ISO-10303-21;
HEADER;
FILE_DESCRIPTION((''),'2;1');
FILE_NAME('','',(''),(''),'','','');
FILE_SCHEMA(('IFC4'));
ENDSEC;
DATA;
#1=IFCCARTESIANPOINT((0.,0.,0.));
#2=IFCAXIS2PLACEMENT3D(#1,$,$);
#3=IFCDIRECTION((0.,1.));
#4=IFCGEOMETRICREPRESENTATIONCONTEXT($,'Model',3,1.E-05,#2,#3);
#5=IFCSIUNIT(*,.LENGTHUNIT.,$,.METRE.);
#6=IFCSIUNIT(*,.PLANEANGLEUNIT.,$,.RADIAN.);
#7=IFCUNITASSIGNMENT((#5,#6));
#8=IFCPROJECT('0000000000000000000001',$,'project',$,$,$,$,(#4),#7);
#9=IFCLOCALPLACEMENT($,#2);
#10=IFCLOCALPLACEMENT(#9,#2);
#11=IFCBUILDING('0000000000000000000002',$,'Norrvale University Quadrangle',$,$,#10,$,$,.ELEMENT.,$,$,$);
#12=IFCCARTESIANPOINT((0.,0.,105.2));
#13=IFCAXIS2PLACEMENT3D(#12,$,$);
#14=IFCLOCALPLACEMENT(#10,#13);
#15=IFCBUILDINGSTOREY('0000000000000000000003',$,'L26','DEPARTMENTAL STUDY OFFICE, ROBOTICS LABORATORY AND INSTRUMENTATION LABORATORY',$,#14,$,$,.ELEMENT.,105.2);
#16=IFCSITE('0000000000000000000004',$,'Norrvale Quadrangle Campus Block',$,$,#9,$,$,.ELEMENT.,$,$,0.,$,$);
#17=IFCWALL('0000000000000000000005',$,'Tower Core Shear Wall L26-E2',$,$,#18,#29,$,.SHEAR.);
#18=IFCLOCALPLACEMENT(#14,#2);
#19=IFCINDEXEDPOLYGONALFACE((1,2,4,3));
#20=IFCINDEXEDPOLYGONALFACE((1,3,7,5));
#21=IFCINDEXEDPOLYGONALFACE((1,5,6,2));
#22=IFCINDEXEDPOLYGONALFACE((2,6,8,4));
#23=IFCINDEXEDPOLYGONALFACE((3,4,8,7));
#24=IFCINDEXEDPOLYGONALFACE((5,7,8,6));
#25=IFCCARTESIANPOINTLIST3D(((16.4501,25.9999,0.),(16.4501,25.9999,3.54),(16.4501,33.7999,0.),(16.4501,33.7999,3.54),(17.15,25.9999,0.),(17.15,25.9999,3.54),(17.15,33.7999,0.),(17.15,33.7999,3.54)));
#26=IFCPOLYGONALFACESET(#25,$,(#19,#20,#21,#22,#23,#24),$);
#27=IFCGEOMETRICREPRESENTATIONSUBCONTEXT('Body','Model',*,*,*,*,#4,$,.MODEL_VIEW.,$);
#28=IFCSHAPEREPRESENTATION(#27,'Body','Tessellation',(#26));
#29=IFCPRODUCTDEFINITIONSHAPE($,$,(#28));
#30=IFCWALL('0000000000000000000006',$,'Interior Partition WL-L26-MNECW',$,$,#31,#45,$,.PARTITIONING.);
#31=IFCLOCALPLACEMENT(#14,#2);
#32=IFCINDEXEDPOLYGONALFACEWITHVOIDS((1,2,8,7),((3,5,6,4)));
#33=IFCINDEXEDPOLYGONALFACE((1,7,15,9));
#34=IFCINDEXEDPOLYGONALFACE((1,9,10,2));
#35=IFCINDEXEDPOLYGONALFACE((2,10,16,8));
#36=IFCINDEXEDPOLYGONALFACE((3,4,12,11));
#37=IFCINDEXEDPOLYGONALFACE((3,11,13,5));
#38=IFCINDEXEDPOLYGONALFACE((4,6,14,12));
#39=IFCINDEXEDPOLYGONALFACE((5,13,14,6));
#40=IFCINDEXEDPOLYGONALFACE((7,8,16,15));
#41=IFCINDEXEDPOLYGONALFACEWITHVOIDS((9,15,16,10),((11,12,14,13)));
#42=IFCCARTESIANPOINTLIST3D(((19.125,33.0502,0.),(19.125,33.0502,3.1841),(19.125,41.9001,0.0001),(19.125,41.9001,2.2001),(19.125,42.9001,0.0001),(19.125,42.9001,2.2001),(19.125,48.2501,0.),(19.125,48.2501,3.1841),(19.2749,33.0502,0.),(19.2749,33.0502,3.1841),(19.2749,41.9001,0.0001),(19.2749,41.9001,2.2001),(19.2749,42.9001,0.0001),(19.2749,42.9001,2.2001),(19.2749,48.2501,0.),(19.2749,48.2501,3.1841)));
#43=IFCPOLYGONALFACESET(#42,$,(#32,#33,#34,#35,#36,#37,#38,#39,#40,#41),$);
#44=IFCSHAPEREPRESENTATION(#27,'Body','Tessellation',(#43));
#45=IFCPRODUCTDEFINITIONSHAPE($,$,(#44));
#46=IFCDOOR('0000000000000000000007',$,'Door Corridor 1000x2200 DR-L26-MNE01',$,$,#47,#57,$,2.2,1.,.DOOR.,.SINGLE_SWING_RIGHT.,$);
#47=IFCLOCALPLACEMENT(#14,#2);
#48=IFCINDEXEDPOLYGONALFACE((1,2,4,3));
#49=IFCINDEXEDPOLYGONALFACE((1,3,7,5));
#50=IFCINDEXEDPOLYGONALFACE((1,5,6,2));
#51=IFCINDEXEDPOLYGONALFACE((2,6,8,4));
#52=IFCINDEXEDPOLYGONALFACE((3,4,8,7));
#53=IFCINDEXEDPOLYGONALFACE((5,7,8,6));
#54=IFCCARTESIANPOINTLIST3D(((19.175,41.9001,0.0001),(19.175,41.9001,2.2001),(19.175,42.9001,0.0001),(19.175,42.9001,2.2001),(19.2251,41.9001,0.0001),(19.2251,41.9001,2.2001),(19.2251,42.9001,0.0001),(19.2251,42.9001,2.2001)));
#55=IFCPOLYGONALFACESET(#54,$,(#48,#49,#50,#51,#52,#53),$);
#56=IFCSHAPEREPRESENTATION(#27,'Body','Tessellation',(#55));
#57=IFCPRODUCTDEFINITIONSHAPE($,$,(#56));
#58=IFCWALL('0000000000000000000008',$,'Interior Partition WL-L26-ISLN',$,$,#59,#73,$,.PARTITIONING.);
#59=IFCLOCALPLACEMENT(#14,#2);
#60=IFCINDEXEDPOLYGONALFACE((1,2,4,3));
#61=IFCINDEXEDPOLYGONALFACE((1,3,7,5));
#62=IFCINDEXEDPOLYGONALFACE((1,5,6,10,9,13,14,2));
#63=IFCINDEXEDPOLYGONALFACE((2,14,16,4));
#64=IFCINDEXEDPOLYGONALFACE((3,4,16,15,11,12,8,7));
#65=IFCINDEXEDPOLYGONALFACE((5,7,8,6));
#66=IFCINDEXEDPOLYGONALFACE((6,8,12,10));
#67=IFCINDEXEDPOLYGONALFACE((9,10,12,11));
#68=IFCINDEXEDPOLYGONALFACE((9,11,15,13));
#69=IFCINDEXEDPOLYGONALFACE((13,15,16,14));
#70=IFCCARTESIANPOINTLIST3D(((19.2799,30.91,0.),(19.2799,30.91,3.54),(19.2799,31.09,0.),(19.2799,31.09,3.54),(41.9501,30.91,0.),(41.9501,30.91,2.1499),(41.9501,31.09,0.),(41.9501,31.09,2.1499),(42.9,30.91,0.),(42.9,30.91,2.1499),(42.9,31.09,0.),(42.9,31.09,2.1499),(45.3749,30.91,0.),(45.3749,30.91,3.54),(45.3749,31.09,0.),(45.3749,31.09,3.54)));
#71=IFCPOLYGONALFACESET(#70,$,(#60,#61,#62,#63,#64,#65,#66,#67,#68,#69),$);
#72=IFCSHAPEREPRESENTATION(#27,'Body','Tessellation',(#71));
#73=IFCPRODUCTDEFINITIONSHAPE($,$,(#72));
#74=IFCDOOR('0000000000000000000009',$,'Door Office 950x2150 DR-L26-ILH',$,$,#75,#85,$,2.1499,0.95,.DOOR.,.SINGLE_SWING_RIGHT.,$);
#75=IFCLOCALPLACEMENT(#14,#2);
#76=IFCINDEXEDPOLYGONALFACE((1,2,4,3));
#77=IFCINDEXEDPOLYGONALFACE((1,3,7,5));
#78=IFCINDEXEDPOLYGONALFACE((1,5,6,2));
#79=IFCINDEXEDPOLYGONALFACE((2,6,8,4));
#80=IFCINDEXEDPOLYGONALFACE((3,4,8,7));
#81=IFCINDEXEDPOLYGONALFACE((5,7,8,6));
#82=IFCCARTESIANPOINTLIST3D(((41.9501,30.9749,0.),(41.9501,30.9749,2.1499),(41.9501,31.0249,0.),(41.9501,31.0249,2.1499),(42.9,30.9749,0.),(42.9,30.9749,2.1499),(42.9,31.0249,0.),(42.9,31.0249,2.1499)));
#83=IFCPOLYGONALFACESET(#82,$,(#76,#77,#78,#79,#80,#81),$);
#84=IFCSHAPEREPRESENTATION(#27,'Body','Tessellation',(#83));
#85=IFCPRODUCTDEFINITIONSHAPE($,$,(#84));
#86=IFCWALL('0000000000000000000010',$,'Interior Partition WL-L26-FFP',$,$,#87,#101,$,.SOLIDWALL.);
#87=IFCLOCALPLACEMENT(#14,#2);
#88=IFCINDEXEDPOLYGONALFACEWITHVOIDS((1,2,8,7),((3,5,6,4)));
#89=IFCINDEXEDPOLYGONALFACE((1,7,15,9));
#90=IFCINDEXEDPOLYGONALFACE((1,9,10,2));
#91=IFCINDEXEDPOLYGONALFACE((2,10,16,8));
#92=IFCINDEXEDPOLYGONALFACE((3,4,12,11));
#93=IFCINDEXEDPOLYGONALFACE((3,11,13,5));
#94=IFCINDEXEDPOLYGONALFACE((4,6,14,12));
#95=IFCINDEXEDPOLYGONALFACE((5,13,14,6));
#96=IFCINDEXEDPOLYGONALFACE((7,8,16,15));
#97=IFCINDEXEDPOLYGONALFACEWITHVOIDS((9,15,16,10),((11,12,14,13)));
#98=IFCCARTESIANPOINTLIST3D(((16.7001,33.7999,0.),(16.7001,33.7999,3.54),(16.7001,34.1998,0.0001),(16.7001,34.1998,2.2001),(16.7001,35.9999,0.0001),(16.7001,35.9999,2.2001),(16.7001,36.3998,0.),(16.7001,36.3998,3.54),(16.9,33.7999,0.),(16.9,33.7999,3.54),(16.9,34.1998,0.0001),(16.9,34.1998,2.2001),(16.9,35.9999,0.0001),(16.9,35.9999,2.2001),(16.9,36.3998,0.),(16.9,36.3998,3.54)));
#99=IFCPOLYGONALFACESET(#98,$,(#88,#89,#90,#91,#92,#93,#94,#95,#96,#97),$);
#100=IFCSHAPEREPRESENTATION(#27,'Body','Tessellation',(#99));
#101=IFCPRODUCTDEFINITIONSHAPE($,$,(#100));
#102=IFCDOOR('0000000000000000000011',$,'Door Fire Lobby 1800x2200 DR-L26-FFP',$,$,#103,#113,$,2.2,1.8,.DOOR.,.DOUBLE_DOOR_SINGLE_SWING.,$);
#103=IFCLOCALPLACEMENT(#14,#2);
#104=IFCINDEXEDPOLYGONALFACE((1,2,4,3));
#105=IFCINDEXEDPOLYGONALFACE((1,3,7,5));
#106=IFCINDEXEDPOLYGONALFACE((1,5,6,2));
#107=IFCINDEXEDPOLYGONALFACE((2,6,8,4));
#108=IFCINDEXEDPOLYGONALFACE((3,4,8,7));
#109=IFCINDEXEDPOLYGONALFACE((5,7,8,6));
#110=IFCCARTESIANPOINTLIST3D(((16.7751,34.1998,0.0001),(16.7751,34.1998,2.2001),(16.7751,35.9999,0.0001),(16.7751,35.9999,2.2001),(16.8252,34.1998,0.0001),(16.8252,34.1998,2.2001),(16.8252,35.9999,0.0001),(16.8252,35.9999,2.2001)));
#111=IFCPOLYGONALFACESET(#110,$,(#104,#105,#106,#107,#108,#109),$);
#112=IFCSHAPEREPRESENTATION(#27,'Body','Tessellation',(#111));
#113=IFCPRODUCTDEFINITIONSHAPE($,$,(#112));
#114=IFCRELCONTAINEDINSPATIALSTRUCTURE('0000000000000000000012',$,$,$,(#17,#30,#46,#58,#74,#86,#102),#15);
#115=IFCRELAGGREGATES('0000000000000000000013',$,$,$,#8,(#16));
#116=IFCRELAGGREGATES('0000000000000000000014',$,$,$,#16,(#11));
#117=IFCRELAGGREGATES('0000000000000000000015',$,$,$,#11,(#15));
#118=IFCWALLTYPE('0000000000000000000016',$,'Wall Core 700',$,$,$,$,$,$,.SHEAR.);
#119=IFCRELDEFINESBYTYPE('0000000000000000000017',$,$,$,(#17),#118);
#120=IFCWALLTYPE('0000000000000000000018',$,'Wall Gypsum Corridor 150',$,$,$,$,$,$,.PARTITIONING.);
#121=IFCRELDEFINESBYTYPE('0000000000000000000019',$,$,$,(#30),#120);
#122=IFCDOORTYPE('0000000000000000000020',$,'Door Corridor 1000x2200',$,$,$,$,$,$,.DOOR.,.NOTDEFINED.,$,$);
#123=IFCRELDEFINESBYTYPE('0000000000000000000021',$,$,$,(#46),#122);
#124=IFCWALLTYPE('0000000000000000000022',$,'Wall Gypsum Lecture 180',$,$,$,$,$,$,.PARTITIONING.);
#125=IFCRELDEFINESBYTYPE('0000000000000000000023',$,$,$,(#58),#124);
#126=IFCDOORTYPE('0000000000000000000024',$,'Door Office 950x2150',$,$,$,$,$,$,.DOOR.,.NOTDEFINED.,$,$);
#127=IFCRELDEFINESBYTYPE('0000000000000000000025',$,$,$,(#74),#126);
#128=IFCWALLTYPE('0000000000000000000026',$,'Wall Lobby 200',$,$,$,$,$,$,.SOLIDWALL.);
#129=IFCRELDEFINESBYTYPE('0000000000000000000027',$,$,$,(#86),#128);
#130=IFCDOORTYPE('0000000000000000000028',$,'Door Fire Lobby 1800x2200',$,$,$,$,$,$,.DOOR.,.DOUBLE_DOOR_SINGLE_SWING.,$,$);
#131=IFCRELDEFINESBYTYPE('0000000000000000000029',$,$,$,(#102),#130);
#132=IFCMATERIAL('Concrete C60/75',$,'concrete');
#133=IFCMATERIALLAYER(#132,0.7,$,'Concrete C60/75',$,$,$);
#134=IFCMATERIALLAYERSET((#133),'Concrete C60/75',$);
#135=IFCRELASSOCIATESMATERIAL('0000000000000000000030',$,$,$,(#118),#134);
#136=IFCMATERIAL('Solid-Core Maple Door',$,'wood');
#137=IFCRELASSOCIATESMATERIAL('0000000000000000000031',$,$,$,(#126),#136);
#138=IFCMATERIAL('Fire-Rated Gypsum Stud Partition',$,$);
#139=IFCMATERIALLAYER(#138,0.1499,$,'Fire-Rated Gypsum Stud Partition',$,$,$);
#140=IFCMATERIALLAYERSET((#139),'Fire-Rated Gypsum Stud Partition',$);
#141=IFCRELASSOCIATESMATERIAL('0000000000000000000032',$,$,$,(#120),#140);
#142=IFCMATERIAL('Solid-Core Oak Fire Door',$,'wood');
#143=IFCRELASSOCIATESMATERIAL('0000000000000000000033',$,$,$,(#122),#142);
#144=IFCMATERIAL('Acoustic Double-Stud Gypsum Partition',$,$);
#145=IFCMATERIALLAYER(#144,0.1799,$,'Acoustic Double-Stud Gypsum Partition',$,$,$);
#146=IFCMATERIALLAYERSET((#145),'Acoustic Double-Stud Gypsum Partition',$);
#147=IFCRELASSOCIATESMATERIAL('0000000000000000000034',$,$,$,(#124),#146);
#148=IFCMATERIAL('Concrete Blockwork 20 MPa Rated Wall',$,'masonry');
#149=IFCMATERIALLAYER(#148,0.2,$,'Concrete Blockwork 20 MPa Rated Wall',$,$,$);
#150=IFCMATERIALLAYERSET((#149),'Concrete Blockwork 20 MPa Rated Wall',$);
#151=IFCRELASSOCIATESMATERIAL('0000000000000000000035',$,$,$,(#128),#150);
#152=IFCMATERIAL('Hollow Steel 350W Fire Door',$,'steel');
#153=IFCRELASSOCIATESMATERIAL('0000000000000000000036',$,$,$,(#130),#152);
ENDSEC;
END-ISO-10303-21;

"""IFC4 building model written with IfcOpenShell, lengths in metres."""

from ifc_helpers import new_model, si_unit, direction, frame, frame_2d, origin, place, context, subcontext, project, spatial, rectangle, extrude, material, layer, layer_set, type_object, element, fill, save


model = new_model("IFC4")

# Units and contexts
model_context = context("Model", 3, precision=1e-05, world=origin(), true_north=direction((0.0, 1.0)))
body_context = subcontext(model_context, "Body", "Model", "MODEL_VIEW")
ifc_project = project(units=[si_unit("LENGTHUNIT", "METRE"), si_unit("PLANEANGLEUNIT", "RADIAN")], contexts=[model_context])

# Site, building, storey
site_placement = place(None, origin())
site = spatial("IfcSite", under=ifc_project, at=site_placement, Name="Norrvale Quadrangle Campus Block", CompositionType="ELEMENT", RefElevation=0.0)
building_placement = place(site_placement, origin())
building = spatial("IfcBuilding", under=site, at=building_placement, Name="Norrvale University Quadrangle", CompositionType="ELEMENT")
storey_placement = place(building_placement, frame((0.0, 0.0, 105.2)))
storey = spatial("IfcBuildingStorey", under=building, at=storey_placement, Name="L26", Description="DEPARTMENTAL STUDY OFFICE, ROBOTICS LABORATORY AND INSTRUMENTATION LABORATORY", CompositionType="ELEMENT", Elevation=105.2)

# Shared definitions
ifc_material_1 = material(Name="Concrete C60/75", Category="concrete")

# Wall
ifc_layer_1 = layer(ifc_material_1, 0.7, Name="Concrete C60/75")
ifc_layer_set_1 = layer_set([ifc_layer_1], Name="Concrete C60/75")
wall_type_1 = type_object("IfcWallType", Name="Wall Core 700", PredefinedType="SHEAR", material=ifc_layer_set_1)
wall_1_placement = place(storey_placement, frame((16.8, 26.0, 0.0), z_axis=(0.0, 0.0, 1.0), x_axis=(0.0, 1.0, 0.0)))
element("IfcWall", 1, at=wall_1_placement, inside=storey, type_object=wall_type_1, Name="Tower Core Shear Wall L26-E2", PredefinedType="SHEAR", context=body_context, shape_type="SweptSolid", body=[
    extrude(rectangle(XDim=7.8, YDim=0.7, at=frame_2d((3.8999, 0.0))), origin(), (0.0, 0.0, 1.0), 3.54),
])

# Walls, openings, doors
ifc_material_2 = material(Name="Solid-Core Maple Door", Category="wood")
door_type_1 = type_object("IfcDoorType", Name="Door Office 950x2150", OperationType="NOTDEFINED", PredefinedType="DOOR", material=ifc_material_2)
ifc_material_3 = material(Name="Fire-Rated Gypsum Stud Partition")
ifc_layer_2 = layer(ifc_material_3, 0.1499, Name="Fire-Rated Gypsum Stud Partition")
ifc_layer_set_2 = layer_set([ifc_layer_2], Name="Fire-Rated Gypsum Stud Partition")
wall_type_2 = type_object("IfcWallType", Name="Wall Gypsum Corridor 150", PredefinedType="PARTITIONING", material=ifc_layer_set_2)
wall_2_placement = place(storey_placement, frame((19.2, 33.05, 0.0), z_axis=(0.0, 0.0, 1.0), x_axis=(0.0, 1.0, 0.0)))
wall_2 = element("IfcWall", 2, at=wall_2_placement, inside=storey, type_object=wall_type_2, Name="Interior Partition WL-L26-MNECW", PredefinedType="PARTITIONING", context=body_context, shape_type="SweptSolid", body=[
    extrude(rectangle(XDim=15.2, YDim=0.1499, at=frame_2d((7.6001, 0.0))), origin(), (0.0, 0.0, 1.0), 3.1841),
])
opening_1_placement = place(wall_2_placement, frame((8.8501, 0.0, 0.0)))
opening_1 = element("IfcOpeningElement", 3, at=opening_1_placement, cuts=wall_2, PredefinedType="OPENING", context=body_context, shape_type="SweptSolid", body=[
    extrude(rectangle(XDim=1.0, YDim=2.2, at=frame_2d((0.5, 1.1001))), frame((0.0, 0.0869, 0.0), z_axis=(0.0, -1.0, 0.0), x_axis=(1.0, 0.0, 0.0)), (0.0, 0.0, 1.0), 0.1738),
])
ifc_material_4 = material(Name="Solid-Core Oak Fire Door", Category="wood")
door_type_2 = type_object("IfcDoorType", Name="Door Corridor 1000x2200", OperationType="NOTDEFINED", PredefinedType="DOOR", material=ifc_material_4)
door_1_placement = place(opening_1_placement, origin())
door_1 = element("IfcDoor", 4, at=door_1_placement, inside=storey, type_object=door_type_2, Name="Door Corridor 1000x2200 DR-L26-MNE01", OperationType="SINGLE_SWING_RIGHT", OverallHeight=2.2, OverallWidth=1.0, PredefinedType="DOOR", context=body_context, shape_type="SweptSolid", body=[
    extrude(rectangle(XDim=1.0, YDim=2.2, at=frame_2d((0.5, 1.1001))), frame((0.0, 0.0249, 0.0), z_axis=(0.0, -1.0, 0.0), x_axis=(1.0, 0.0, 0.0)), (0.0, 0.0, 1.0), 0.05),
])
fill(opening_1, door_1)
ifc_material_5 = material(Name="Acoustic Double-Stud Gypsum Partition")
ifc_layer_3 = layer(ifc_material_5, 0.1799, Name="Acoustic Double-Stud Gypsum Partition")
ifc_layer_set_3 = layer_set([ifc_layer_3], Name="Acoustic Double-Stud Gypsum Partition")
wall_type_3 = type_object("IfcWallType", Name="Wall Gypsum Lecture 180", PredefinedType="PARTITIONING", material=ifc_layer_set_3)
wall_3_placement = place(storey_placement, frame((19.28, 31.0, 0.0), z_axis=(0.0, 0.0, 1.0), x_axis=(1.0, 0.0, 0.0)))
wall_3 = element("IfcWall", 5, at=wall_3_placement, inside=storey, type_object=wall_type_3, Name="Interior Partition WL-L26-ISLN", PredefinedType="PARTITIONING", context=body_context, shape_type="SweptSolid", body=[
    extrude(rectangle(XDim=26.095, YDim=0.1799, at=frame_2d((13.0474, 0.0))), origin(), (0.0, 0.0, 1.0), 3.54),
])
opening_2_placement = place(wall_3_placement, frame((22.6699, 0.0, 0.0)))
opening_2 = element("IfcOpeningElement", 6, at=opening_2_placement, cuts=wall_3, PredefinedType="OPENING", context=body_context, shape_type="SweptSolid", body=[
    extrude(rectangle(XDim=0.95, YDim=2.1499, at=frame_2d((0.4751, 1.075))), frame((0.0, 0.1021, 0.0), z_axis=(0.0, -1.0, 0.0), x_axis=(1.0, 0.0, 0.0)), (0.0, 0.0, 1.0), 0.2039),
])
door_2_placement = place(opening_2_placement, origin())
door_2 = element("IfcDoor", 7, at=door_2_placement, inside=storey, type_object=door_type_1, Name="Door Office 950x2150 DR-L26-ILH", OperationType="SINGLE_SWING_RIGHT", OverallHeight=2.1499, OverallWidth=0.95, PredefinedType="DOOR", context=body_context, shape_type="SweptSolid", body=[
    extrude(rectangle(XDim=0.95, YDim=2.1499, at=frame_2d((0.4751, 1.075))), frame((0.0, 0.0249, 0.0), z_axis=(0.0, -1.0, 0.0), x_axis=(1.0, 0.0, 0.0)), (0.0, 0.0, 1.0), 0.05),
])
fill(opening_2, door_2)
ifc_material_6 = material(Name="Concrete Blockwork 20 MPa Rated Wall", Category="masonry")
ifc_layer_4 = layer(ifc_material_6, 0.2, Name="Concrete Blockwork 20 MPa Rated Wall")
ifc_layer_set_4 = layer_set([ifc_layer_4], Name="Concrete Blockwork 20 MPa Rated Wall")
wall_type_4 = type_object("IfcWallType", Name="Wall Lobby 200", PredefinedType="SOLIDWALL", material=ifc_layer_set_4)
wall_4_placement = place(storey_placement, frame((16.8, 33.8, 0.0), z_axis=(0.0, 0.0, 1.0), x_axis=(0.0, 1.0, 0.0)))
wall_4 = element("IfcWall", 8, at=wall_4_placement, inside=storey, type_object=wall_type_4, Name="Interior Partition WL-L26-FFP", PredefinedType="SOLIDWALL", context=body_context, shape_type="SweptSolid", body=[
    extrude(rectangle(XDim=2.5999, YDim=0.2, at=frame_2d((1.2998, 0.0))), origin(), (0.0, 0.0, 1.0), 3.54),
])
opening_3_placement = place(wall_4_placement, frame((0.3999, 0.0, 0.0)))
opening_3 = element("IfcOpeningElement", 9, at=opening_3_placement, cuts=wall_4, PredefinedType="OPENING", context=body_context, shape_type="SweptSolid", body=[
    extrude(rectangle(XDim=1.8, YDim=2.2, at=frame_2d((0.8999, 1.1001))), frame((0.0, 0.1121, 0.0), z_axis=(0.0, -1.0, 0.0), x_axis=(1.0, 0.0, 0.0)), (0.0, 0.0, 1.0), 0.2239),
])
ifc_material_7 = material(Name="Hollow Steel 350W Fire Door", Category="steel")
door_type_3 = type_object("IfcDoorType", Name="Door Fire Lobby 1800x2200", OperationType="DOUBLE_DOOR_SINGLE_SWING", PredefinedType="DOOR", material=ifc_material_7)
door_3_placement = place(opening_3_placement, origin())
door_3 = element("IfcDoor", 10, at=door_3_placement, inside=storey, type_object=door_type_3, Name="Door Fire Lobby 1800x2200 DR-L26-FFP", OperationType="DOUBLE_DOOR_SINGLE_SWING", OverallHeight=2.2, OverallWidth=1.8, PredefinedType="DOOR", context=body_context, shape_type="SweptSolid", body=[
    extrude(rectangle(XDim=1.8, YDim=2.2, at=frame_2d((0.8999, 1.1001))), frame((0.0, 0.0249, 0.0), z_axis=(0.0, -1.0, 0.0), x_axis=(1.0, 0.0, 0.0)), (0.0, 0.0, 1.0), 0.05),
])
fill(opening_3, door_3)

save(model, "model.ifc")
